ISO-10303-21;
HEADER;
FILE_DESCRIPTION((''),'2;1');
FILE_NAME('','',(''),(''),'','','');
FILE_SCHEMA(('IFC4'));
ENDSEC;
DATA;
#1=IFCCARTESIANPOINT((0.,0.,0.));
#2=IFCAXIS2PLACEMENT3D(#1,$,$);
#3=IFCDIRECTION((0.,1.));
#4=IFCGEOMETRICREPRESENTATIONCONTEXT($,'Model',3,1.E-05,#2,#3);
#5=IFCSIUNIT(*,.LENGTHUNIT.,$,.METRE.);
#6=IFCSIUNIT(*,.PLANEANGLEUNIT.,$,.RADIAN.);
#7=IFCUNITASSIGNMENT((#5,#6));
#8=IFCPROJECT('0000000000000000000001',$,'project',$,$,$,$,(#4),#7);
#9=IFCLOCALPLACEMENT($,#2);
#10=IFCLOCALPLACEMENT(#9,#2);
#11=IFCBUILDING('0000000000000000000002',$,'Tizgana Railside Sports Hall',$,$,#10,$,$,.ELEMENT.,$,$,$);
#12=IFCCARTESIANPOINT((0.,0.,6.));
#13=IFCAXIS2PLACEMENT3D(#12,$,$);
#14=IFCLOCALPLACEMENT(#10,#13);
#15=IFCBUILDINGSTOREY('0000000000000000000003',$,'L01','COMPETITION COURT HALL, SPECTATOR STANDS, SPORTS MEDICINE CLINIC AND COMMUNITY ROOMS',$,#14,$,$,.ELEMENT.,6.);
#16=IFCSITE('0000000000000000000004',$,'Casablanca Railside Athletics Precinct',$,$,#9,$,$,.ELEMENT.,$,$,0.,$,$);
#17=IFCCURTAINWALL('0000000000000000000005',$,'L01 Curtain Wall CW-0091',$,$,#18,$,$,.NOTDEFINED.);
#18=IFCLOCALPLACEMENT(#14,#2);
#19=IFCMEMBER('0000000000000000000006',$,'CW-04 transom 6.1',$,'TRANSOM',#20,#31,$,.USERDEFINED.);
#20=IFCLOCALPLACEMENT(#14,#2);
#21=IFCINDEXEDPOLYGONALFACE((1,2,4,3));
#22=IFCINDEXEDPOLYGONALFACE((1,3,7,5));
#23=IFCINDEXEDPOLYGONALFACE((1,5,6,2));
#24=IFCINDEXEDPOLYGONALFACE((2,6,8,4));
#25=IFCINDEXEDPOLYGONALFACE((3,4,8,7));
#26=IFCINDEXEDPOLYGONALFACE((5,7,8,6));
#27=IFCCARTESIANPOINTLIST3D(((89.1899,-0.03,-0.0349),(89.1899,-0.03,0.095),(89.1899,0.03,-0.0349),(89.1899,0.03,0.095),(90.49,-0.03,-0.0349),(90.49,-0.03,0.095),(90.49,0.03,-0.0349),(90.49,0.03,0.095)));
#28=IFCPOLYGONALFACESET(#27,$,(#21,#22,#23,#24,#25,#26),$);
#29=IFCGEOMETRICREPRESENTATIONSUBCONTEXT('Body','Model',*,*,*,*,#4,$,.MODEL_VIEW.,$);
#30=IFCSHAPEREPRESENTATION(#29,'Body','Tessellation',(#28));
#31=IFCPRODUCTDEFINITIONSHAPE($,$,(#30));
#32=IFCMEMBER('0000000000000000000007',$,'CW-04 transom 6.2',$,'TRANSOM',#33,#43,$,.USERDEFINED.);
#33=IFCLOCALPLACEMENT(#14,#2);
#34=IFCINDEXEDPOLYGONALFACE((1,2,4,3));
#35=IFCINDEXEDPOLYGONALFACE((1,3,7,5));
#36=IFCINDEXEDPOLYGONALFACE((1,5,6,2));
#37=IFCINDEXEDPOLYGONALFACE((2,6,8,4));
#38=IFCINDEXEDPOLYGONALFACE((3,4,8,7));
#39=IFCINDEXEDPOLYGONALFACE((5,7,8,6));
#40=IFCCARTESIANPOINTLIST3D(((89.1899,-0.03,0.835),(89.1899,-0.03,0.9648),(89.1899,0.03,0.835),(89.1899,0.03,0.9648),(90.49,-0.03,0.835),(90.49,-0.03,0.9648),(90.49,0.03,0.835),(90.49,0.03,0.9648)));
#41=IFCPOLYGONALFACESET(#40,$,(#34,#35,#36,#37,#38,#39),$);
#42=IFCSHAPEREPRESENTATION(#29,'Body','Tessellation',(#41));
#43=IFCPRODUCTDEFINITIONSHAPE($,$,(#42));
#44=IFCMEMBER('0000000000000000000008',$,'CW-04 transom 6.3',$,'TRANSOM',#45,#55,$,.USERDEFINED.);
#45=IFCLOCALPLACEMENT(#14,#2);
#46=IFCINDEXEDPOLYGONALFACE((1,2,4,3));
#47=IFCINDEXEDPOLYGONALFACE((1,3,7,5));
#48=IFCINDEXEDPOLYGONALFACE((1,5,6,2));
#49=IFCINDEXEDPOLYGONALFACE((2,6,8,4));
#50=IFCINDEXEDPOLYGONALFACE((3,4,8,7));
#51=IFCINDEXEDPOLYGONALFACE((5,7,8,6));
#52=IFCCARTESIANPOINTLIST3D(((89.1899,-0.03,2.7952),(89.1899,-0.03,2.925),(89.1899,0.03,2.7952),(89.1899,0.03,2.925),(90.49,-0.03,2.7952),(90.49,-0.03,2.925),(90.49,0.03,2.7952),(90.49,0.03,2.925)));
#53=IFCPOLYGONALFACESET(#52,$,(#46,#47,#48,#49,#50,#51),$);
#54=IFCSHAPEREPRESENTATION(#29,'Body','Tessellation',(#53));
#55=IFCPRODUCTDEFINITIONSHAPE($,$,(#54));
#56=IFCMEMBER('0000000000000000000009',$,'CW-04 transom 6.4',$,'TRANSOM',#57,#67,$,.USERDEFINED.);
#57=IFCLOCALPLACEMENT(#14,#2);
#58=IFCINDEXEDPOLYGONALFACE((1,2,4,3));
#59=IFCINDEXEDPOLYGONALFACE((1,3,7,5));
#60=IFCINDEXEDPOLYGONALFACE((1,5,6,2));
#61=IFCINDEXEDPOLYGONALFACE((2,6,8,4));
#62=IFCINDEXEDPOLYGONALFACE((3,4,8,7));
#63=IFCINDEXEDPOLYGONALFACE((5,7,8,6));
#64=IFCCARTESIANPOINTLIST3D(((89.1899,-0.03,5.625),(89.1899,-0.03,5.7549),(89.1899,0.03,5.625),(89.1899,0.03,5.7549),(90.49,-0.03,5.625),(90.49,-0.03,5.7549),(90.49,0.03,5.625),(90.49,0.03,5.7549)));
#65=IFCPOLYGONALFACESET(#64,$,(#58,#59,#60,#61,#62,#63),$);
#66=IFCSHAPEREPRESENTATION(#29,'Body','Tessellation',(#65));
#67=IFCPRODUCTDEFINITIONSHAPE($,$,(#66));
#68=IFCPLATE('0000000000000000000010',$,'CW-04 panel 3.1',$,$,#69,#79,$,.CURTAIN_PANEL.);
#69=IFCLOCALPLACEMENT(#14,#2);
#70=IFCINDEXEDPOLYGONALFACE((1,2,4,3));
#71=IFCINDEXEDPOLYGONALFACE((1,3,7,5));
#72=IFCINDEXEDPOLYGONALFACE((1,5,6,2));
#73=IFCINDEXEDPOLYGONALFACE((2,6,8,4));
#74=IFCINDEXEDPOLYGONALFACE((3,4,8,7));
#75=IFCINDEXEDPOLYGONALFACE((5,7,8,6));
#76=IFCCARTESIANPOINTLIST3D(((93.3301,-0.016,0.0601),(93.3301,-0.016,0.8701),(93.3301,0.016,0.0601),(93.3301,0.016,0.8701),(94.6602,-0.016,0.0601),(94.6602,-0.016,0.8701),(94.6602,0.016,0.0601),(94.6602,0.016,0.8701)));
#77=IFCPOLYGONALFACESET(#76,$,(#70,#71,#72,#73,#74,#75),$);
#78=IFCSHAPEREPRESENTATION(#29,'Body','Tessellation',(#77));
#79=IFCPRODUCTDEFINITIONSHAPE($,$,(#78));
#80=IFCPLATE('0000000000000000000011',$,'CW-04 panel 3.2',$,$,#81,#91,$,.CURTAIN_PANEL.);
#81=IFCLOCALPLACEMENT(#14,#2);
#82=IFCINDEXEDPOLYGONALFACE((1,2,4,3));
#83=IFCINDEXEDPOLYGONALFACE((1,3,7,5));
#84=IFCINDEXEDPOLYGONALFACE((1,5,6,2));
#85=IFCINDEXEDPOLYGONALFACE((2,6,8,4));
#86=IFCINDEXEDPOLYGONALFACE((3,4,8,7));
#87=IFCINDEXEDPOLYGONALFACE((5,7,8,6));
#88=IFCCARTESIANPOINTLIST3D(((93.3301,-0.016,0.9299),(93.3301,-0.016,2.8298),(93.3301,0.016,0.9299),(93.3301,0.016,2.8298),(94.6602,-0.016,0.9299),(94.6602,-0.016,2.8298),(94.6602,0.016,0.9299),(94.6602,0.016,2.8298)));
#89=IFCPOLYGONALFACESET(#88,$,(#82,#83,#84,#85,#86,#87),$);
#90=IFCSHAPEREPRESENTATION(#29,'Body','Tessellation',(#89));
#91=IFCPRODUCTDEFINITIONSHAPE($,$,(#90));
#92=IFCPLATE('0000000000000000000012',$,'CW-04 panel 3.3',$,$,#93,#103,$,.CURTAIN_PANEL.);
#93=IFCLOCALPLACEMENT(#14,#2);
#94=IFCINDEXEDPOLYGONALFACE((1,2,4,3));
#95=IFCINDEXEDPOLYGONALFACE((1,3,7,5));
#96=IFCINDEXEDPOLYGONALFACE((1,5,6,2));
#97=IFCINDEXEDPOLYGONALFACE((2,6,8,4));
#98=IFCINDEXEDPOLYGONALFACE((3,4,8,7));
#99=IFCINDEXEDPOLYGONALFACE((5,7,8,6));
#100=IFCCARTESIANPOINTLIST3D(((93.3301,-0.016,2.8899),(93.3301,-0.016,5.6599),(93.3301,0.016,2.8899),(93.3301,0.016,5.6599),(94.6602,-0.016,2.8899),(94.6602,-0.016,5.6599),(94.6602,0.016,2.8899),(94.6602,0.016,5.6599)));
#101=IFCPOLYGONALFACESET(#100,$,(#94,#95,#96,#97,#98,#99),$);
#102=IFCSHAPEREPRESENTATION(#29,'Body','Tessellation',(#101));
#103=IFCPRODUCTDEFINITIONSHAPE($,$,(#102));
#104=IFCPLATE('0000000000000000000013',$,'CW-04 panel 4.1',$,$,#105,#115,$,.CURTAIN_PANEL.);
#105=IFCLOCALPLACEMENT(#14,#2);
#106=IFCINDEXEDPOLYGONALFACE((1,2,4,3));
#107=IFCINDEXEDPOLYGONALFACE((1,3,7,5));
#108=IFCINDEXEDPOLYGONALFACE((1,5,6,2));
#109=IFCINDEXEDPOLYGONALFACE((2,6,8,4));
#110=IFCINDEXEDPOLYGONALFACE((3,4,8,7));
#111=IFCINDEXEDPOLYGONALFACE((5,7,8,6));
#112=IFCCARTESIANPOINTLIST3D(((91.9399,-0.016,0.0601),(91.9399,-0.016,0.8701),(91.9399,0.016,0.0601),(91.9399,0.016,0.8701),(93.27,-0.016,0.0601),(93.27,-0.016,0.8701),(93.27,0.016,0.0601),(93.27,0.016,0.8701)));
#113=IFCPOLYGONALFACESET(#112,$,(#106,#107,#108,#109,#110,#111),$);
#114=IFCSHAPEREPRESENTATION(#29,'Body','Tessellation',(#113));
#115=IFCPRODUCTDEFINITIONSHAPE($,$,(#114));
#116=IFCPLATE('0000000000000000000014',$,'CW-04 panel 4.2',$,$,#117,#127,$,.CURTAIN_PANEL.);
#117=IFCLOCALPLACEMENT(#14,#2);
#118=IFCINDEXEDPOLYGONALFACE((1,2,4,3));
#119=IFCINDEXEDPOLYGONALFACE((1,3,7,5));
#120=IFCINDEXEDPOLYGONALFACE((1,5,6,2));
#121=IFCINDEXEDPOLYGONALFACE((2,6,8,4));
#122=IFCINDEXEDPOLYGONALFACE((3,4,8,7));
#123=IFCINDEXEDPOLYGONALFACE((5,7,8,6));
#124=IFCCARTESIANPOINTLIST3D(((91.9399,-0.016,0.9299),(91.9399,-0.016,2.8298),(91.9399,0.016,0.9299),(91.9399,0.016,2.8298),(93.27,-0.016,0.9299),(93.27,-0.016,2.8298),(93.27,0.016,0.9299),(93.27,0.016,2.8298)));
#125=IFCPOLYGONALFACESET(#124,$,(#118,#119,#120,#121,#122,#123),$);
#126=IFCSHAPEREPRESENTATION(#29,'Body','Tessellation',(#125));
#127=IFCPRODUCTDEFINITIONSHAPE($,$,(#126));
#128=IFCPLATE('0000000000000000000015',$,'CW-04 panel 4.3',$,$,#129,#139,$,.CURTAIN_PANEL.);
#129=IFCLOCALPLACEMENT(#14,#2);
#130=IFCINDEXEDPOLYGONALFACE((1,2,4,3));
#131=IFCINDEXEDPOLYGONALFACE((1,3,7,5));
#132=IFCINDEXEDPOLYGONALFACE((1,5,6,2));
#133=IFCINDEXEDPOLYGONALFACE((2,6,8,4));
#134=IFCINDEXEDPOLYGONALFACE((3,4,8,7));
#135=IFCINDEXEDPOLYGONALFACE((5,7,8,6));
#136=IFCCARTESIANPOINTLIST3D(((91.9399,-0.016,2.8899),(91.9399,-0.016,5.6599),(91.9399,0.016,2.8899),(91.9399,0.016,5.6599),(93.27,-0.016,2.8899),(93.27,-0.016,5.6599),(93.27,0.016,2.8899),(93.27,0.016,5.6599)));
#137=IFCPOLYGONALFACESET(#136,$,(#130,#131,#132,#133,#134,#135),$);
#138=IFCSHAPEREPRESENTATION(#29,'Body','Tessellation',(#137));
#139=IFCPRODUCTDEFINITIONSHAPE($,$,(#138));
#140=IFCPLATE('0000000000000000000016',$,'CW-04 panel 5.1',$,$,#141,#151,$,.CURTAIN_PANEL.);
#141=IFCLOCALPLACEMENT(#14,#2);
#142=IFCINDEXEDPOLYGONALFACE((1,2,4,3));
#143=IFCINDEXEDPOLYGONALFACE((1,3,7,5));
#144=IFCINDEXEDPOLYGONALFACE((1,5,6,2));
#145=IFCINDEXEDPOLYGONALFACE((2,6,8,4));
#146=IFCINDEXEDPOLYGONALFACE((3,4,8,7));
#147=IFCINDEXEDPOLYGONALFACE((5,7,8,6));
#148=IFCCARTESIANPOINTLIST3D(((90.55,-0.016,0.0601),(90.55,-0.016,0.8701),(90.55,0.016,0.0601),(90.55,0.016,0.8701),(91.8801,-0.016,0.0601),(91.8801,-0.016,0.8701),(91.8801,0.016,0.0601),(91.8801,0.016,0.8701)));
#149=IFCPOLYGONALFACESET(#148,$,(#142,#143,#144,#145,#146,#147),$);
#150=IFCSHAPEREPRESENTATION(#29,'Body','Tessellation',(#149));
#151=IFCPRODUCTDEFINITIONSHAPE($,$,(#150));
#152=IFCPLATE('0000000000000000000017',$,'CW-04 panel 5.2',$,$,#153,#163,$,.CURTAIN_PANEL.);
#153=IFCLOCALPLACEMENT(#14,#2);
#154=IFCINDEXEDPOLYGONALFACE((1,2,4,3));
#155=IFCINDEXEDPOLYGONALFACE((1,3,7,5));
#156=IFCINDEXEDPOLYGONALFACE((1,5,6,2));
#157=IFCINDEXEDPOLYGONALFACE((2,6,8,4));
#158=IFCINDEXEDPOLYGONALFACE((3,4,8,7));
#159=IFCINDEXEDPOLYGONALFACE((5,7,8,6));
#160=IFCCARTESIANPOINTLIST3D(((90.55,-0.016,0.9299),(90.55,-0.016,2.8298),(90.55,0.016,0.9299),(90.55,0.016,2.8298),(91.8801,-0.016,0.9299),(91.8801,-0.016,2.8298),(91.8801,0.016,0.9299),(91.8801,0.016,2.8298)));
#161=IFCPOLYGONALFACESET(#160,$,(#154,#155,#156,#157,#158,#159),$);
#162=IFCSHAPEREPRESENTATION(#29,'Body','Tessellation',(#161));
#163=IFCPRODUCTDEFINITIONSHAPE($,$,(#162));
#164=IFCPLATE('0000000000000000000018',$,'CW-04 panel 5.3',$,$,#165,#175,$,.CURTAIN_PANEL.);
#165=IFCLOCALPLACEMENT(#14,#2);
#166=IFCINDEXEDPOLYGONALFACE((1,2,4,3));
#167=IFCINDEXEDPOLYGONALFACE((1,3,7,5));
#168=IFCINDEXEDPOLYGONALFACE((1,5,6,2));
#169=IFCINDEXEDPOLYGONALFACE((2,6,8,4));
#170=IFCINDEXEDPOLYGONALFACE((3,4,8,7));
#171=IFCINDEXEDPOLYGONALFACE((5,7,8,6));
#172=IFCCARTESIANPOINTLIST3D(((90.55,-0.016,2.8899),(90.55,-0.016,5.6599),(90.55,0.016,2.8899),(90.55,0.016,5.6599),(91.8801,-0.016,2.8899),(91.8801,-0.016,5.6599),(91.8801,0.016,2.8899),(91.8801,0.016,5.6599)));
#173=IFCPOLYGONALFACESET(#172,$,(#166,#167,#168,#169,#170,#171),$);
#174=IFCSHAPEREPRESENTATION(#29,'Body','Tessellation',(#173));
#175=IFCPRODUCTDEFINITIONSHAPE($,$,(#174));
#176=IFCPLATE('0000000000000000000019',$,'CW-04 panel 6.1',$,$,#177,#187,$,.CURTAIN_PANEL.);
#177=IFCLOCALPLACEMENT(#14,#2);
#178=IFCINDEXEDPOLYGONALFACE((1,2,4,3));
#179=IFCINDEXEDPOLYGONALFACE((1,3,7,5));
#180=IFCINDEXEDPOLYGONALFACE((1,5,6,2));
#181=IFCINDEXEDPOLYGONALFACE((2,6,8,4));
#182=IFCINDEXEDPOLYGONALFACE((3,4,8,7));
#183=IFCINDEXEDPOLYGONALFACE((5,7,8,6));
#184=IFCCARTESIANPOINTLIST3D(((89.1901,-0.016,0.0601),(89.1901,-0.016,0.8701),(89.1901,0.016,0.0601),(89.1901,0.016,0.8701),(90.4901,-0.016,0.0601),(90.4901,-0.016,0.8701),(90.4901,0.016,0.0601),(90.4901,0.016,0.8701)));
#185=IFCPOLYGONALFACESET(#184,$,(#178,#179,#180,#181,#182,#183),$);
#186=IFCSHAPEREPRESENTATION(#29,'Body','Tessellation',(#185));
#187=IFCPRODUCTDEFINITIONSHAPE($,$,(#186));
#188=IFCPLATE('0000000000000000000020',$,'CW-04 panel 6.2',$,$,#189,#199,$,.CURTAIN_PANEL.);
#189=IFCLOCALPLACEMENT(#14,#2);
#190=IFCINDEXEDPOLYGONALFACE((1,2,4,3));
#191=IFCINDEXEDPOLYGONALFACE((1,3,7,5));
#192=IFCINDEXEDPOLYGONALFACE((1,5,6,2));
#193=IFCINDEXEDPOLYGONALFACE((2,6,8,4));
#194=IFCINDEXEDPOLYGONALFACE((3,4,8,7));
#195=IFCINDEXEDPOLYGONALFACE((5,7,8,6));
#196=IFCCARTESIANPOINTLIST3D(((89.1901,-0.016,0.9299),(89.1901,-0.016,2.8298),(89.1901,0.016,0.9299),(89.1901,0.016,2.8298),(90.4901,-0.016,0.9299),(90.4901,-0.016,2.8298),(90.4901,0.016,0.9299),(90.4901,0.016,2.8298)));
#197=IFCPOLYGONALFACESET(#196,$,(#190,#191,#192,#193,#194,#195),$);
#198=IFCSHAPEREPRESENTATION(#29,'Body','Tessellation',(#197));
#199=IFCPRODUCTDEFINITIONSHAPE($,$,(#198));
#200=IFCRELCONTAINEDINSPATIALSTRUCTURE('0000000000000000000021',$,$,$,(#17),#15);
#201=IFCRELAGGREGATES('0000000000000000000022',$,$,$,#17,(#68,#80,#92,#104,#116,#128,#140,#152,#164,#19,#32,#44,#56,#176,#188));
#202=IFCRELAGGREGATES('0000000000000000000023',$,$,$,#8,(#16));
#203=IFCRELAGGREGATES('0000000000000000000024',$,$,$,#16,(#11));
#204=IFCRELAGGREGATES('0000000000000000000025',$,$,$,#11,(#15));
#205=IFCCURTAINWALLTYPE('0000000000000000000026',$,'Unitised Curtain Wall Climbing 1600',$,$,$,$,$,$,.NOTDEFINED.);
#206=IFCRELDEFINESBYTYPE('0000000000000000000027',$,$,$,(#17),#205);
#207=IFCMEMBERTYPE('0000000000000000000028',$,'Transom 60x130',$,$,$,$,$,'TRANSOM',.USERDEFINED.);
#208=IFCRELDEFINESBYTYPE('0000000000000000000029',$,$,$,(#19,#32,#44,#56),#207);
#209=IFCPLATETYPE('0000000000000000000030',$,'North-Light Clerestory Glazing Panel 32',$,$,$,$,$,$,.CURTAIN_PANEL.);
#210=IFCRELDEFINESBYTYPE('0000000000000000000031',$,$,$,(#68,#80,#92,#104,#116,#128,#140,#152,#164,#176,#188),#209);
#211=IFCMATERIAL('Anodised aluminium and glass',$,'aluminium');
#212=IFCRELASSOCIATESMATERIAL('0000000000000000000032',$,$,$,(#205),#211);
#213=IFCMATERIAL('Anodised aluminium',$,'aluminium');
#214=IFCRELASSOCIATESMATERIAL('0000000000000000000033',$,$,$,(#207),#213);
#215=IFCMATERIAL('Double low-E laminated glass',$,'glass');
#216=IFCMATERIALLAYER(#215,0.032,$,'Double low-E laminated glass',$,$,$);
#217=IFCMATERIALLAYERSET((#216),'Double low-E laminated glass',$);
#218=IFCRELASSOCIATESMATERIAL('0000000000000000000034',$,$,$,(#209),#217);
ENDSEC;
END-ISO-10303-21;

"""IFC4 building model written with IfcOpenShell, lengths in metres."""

from ifc_helpers import new_model, si_unit, direction, frame, origin, origin_2d, place, context, subcontext, project, spatial, rectangle, extrude, material, layer, layer_set, material_profile, profile_set, type_object, element, aggregate, save


model = new_model("IFC4")

# Units and contexts
model_context = context("Model", 3, precision=1e-05, world=origin(), true_north=direction((0.0, 1.0)))
body_context = subcontext(model_context, "Body", "Model", "MODEL_VIEW")
ifc_project = project(units=[si_unit("LENGTHUNIT", "METRE"), si_unit("PLANEANGLEUNIT", "RADIAN")], contexts=[model_context])

# Site, building, storey
site_placement = place(None, origin())
site = spatial("IfcSite", under=ifc_project, at=site_placement, Name="Casablanca Railside Athletics Precinct", CompositionType="ELEMENT", RefElevation=0.0)
building_placement = place(site_placement, origin())
building = spatial("IfcBuilding", under=site, at=building_placement, Name="Tizgana Railside Sports Hall", CompositionType="ELEMENT")
storey_placement = place(building_placement, frame((0.0, 0.0, 6.0)))
storey = spatial("IfcBuildingStorey", under=building, at=storey_placement, Name="L01", Description="COMPETITION COURT HALL, SPECTATOR STANDS, SPORTS MEDICINE CLINIC AND COMMUNITY ROOMS", CompositionType="ELEMENT", Elevation=6.0)

# Curtain wall, members, plates
ifc_material_1 = material(Name="Anodised aluminium and glass", Category="aluminium")
curtain_wall_type = type_object("IfcCurtainWallType", Name="Unitised Curtain Wall Climbing 1600", PredefinedType="NOTDEFINED", material=ifc_material_1)
curtain_wall_placement = place(storey_placement, origin())
curtain_wall = element("IfcCurtainWall", 1, at=curtain_wall_placement, inside=storey, type_object=curtain_wall_type, Name="L01 Curtain Wall CW-0091", PredefinedType="NOTDEFINED")
ifc_material_2 = material(Name="Anodised aluminium", Category="aluminium")
ifc_material_profile_1 = material_profile(ifc_material_2, rectangle(XDim=0.0601, YDim=0.1299, at=origin_2d()), Name="Transom 60x130")
ifc_profile_set_1 = profile_set([ifc_material_profile_1], Name="Anodised aluminium")
member_type_1 = type_object("IfcMemberType", Name="Transom 60x130", ElementType="TRANSOM", PredefinedType="USERDEFINED", material=ifc_profile_set_1)
member_1_placement = place(storey_placement, frame((90.49, 0.0, 0.03), z_axis=(-1.0, 0.0, 0.0), x_axis=(0.0, -1.0, 0.0)))
member_1 = element("IfcMember", 2, at=member_1_placement, type_object=member_type_1, Name="CW-04 transom 6.1", ObjectType="TRANSOM", PredefinedType="USERDEFINED", context=body_context, shape_type="SweptSolid", body=[
    extrude(rectangle(XDim=0.0601, YDim=0.1299, at=origin_2d()), origin(), (0.0, 0.0, 1.0), 1.3),
])
member_2_placement = place(storey_placement, frame((90.49, 0.0, 0.8999), z_axis=(-1.0, 0.0, 0.0), x_axis=(0.0, -1.0, 0.0)))
member_2 = element("IfcMember", 3, at=member_2_placement, type_object=member_type_1, Name="CW-04 transom 6.2", ObjectType="TRANSOM", PredefinedType="USERDEFINED", context=body_context, shape_type="SweptSolid", body=[
    extrude(rectangle(XDim=0.0601, YDim=0.1299, at=origin_2d()), origin(), (0.0, 0.0, 1.0), 1.3),
])
member_3_placement = place(storey_placement, frame((90.49, 0.0, 2.8601), z_axis=(-1.0, 0.0, 0.0), x_axis=(0.0, -1.0, 0.0)))
member_3 = element("IfcMember", 4, at=member_3_placement, type_object=member_type_1, Name="CW-04 transom 6.3", ObjectType="TRANSOM", PredefinedType="USERDEFINED", context=body_context, shape_type="SweptSolid", body=[
    extrude(rectangle(XDim=0.0601, YDim=0.1299, at=origin_2d()), origin(), (0.0, 0.0, 1.0), 1.3),
])
member_4_placement = place(storey_placement, frame((90.49, 0.0, 5.6899), z_axis=(-1.0, 0.0, 0.0), x_axis=(0.0, -1.0, 0.0)))
member_4 = element("IfcMember", 5, at=member_4_placement, type_object=member_type_1, Name="CW-04 transom 6.4", ObjectType="TRANSOM", PredefinedType="USERDEFINED", context=body_context, shape_type="SweptSolid", body=[
    extrude(rectangle(XDim=0.0601, YDim=0.1299, at=origin_2d()), origin(), (0.0, 0.0, 1.0), 1.3),
])
ifc_material_3 = material(Name="Double low-E laminated glass", Category="glass")
ifc_layer_1 = layer(ifc_material_3, 0.032, Name="Double low-E laminated glass")
ifc_layer_set_1 = layer_set([ifc_layer_1], Name="Double low-E laminated glass")
plate_type = type_object("IfcPlateType", Name="North-Light Clerestory Glazing Panel 32", PredefinedType="CURTAIN_PANEL", material=ifc_layer_set_1)
plate_1_placement = place(storey_placement, frame((93.9951, 0.0, 0.0601), z_axis=(0.0, 0.0, 1.0), x_axis=(-1.0, 0.0, 0.0)))
plate_1 = element("IfcPlate", 6, at=plate_1_placement, type_object=plate_type, Name="CW-04 panel 3.1", PredefinedType="CURTAIN_PANEL", context=body_context, shape_type="SweptSolid", body=[
    extrude(rectangle(XDim=1.3301, YDim=0.032, at=origin_2d()), origin(), (0.0, 0.0, 1.0), 0.8101),
])
plate_2_placement = place(storey_placement, frame((93.9951, 0.0, 0.9299), z_axis=(0.0, 0.0, 1.0), x_axis=(-1.0, 0.0, 0.0)))
plate_2 = element("IfcPlate", 7, at=plate_2_placement, type_object=plate_type, Name="CW-04 panel 3.2", PredefinedType="CURTAIN_PANEL", context=body_context, shape_type="SweptSolid", body=[
    extrude(rectangle(XDim=1.3301, YDim=0.032, at=origin_2d()), origin(), (0.0, 0.0, 1.0), 1.8999),
])
plate_3_placement = place(storey_placement, frame((93.9951, 0.0, 2.8899), z_axis=(0.0, 0.0, 1.0), x_axis=(-1.0, 0.0, 0.0)))
plate_3 = element("IfcPlate", 8, at=plate_3_placement, type_object=plate_type, Name="CW-04 panel 3.3", PredefinedType="CURTAIN_PANEL", context=body_context, shape_type="SweptSolid", body=[
    extrude(rectangle(XDim=1.3301, YDim=0.032, at=origin_2d()), origin(), (0.0, 0.0, 1.0), 2.77),
])
plate_4_placement = place(storey_placement, frame((92.605, 0.0, 0.0601), z_axis=(0.0, 0.0, 1.0), x_axis=(-1.0, 0.0, 0.0)))
plate_4 = element("IfcPlate", 9, at=plate_4_placement, type_object=plate_type, Name="CW-04 panel 4.1", PredefinedType="CURTAIN_PANEL", context=body_context, shape_type="SweptSolid", body=[
    extrude(rectangle(XDim=1.3301, YDim=0.032, at=origin_2d()), origin(), (0.0, 0.0, 1.0), 0.8101),
])
plate_5_placement = place(storey_placement, frame((92.605, 0.0, 0.9299), z_axis=(0.0, 0.0, 1.0), x_axis=(-1.0, 0.0, 0.0)))
plate_5 = element("IfcPlate", 10, at=plate_5_placement, type_object=plate_type, Name="CW-04 panel 4.2", PredefinedType="CURTAIN_PANEL", context=body_context, shape_type="SweptSolid", body=[
    extrude(rectangle(XDim=1.3301, YDim=0.032, at=origin_2d()), origin(), (0.0, 0.0, 1.0), 1.8999),
])
plate_6_placement = place(storey_placement, frame((92.605, 0.0, 2.8899), z_axis=(0.0, 0.0, 1.0), x_axis=(-1.0, 0.0, 0.0)))
plate_6 = element("IfcPlate", 11, at=plate_6_placement, type_object=plate_type, Name="CW-04 panel 4.3", PredefinedType="CURTAIN_PANEL", context=body_context, shape_type="SweptSolid", body=[
    extrude(rectangle(XDim=1.3301, YDim=0.032, at=origin_2d()), origin(), (0.0, 0.0, 1.0), 2.77),
])
plate_7_placement = place(storey_placement, frame((91.2151, 0.0, 0.0601), z_axis=(0.0, 0.0, 1.0), x_axis=(-1.0, 0.0, 0.0)))
plate_7 = element("IfcPlate", 12, at=plate_7_placement, type_object=plate_type, Name="CW-04 panel 5.1", PredefinedType="CURTAIN_PANEL", context=body_context, shape_type="SweptSolid", body=[
    extrude(rectangle(XDim=1.3301, YDim=0.032, at=origin_2d()), origin(), (0.0, 0.0, 1.0), 0.8101),
])
plate_8_placement = place(storey_placement, frame((91.2151, 0.0, 0.9299), z_axis=(0.0, 0.0, 1.0), x_axis=(-1.0, 0.0, 0.0)))
plate_8 = element("IfcPlate", 13, at=plate_8_placement, type_object=plate_type, Name="CW-04 panel 5.2", PredefinedType="CURTAIN_PANEL", context=body_context, shape_type="SweptSolid", body=[
    extrude(rectangle(XDim=1.3301, YDim=0.032, at=origin_2d()), origin(), (0.0, 0.0, 1.0), 1.8999),
])
plate_9_placement = place(storey_placement, frame((91.2151, 0.0, 2.8899), z_axis=(0.0, 0.0, 1.0), x_axis=(-1.0, 0.0, 0.0)))
plate_9 = element("IfcPlate", 14, at=plate_9_placement, type_object=plate_type, Name="CW-04 panel 5.3", PredefinedType="CURTAIN_PANEL", context=body_context, shape_type="SweptSolid", body=[
    extrude(rectangle(XDim=1.3301, YDim=0.032, at=origin_2d()), origin(), (0.0, 0.0, 1.0), 2.77),
])
plate_10_placement = place(storey_placement, frame((89.8401, 0.0, 0.0601), z_axis=(0.0, 0.0, 1.0), x_axis=(-1.0, 0.0, 0.0)))
plate_10 = element("IfcPlate", 15, at=plate_10_placement, type_object=plate_type, Name="CW-04 panel 6.1", PredefinedType="CURTAIN_PANEL", context=body_context, shape_type="SweptSolid", body=[
    extrude(rectangle(XDim=1.3, YDim=0.032, at=origin_2d()), origin(), (0.0, 0.0, 1.0), 0.8101),
])
plate_11_placement = place(storey_placement, frame((89.8401, 0.0, 0.9299), z_axis=(0.0, 0.0, 1.0), x_axis=(-1.0, 0.0, 0.0)))
plate_11 = element("IfcPlate", 16, at=plate_11_placement, type_object=plate_type, Name="CW-04 panel 6.2", PredefinedType="CURTAIN_PANEL", context=body_context, shape_type="SweptSolid", body=[
    extrude(rectangle(XDim=1.3, YDim=0.032, at=origin_2d()), origin(), (0.0, 0.0, 1.0), 1.8999),
])
aggregate(curtain_wall, [plate_1, plate_2, plate_3, plate_4, plate_5, plate_6, plate_7, plate_8, plate_9, member_1, member_2, member_3, member_4, plate_10, plate_11])

save(model, "model.ifc")
